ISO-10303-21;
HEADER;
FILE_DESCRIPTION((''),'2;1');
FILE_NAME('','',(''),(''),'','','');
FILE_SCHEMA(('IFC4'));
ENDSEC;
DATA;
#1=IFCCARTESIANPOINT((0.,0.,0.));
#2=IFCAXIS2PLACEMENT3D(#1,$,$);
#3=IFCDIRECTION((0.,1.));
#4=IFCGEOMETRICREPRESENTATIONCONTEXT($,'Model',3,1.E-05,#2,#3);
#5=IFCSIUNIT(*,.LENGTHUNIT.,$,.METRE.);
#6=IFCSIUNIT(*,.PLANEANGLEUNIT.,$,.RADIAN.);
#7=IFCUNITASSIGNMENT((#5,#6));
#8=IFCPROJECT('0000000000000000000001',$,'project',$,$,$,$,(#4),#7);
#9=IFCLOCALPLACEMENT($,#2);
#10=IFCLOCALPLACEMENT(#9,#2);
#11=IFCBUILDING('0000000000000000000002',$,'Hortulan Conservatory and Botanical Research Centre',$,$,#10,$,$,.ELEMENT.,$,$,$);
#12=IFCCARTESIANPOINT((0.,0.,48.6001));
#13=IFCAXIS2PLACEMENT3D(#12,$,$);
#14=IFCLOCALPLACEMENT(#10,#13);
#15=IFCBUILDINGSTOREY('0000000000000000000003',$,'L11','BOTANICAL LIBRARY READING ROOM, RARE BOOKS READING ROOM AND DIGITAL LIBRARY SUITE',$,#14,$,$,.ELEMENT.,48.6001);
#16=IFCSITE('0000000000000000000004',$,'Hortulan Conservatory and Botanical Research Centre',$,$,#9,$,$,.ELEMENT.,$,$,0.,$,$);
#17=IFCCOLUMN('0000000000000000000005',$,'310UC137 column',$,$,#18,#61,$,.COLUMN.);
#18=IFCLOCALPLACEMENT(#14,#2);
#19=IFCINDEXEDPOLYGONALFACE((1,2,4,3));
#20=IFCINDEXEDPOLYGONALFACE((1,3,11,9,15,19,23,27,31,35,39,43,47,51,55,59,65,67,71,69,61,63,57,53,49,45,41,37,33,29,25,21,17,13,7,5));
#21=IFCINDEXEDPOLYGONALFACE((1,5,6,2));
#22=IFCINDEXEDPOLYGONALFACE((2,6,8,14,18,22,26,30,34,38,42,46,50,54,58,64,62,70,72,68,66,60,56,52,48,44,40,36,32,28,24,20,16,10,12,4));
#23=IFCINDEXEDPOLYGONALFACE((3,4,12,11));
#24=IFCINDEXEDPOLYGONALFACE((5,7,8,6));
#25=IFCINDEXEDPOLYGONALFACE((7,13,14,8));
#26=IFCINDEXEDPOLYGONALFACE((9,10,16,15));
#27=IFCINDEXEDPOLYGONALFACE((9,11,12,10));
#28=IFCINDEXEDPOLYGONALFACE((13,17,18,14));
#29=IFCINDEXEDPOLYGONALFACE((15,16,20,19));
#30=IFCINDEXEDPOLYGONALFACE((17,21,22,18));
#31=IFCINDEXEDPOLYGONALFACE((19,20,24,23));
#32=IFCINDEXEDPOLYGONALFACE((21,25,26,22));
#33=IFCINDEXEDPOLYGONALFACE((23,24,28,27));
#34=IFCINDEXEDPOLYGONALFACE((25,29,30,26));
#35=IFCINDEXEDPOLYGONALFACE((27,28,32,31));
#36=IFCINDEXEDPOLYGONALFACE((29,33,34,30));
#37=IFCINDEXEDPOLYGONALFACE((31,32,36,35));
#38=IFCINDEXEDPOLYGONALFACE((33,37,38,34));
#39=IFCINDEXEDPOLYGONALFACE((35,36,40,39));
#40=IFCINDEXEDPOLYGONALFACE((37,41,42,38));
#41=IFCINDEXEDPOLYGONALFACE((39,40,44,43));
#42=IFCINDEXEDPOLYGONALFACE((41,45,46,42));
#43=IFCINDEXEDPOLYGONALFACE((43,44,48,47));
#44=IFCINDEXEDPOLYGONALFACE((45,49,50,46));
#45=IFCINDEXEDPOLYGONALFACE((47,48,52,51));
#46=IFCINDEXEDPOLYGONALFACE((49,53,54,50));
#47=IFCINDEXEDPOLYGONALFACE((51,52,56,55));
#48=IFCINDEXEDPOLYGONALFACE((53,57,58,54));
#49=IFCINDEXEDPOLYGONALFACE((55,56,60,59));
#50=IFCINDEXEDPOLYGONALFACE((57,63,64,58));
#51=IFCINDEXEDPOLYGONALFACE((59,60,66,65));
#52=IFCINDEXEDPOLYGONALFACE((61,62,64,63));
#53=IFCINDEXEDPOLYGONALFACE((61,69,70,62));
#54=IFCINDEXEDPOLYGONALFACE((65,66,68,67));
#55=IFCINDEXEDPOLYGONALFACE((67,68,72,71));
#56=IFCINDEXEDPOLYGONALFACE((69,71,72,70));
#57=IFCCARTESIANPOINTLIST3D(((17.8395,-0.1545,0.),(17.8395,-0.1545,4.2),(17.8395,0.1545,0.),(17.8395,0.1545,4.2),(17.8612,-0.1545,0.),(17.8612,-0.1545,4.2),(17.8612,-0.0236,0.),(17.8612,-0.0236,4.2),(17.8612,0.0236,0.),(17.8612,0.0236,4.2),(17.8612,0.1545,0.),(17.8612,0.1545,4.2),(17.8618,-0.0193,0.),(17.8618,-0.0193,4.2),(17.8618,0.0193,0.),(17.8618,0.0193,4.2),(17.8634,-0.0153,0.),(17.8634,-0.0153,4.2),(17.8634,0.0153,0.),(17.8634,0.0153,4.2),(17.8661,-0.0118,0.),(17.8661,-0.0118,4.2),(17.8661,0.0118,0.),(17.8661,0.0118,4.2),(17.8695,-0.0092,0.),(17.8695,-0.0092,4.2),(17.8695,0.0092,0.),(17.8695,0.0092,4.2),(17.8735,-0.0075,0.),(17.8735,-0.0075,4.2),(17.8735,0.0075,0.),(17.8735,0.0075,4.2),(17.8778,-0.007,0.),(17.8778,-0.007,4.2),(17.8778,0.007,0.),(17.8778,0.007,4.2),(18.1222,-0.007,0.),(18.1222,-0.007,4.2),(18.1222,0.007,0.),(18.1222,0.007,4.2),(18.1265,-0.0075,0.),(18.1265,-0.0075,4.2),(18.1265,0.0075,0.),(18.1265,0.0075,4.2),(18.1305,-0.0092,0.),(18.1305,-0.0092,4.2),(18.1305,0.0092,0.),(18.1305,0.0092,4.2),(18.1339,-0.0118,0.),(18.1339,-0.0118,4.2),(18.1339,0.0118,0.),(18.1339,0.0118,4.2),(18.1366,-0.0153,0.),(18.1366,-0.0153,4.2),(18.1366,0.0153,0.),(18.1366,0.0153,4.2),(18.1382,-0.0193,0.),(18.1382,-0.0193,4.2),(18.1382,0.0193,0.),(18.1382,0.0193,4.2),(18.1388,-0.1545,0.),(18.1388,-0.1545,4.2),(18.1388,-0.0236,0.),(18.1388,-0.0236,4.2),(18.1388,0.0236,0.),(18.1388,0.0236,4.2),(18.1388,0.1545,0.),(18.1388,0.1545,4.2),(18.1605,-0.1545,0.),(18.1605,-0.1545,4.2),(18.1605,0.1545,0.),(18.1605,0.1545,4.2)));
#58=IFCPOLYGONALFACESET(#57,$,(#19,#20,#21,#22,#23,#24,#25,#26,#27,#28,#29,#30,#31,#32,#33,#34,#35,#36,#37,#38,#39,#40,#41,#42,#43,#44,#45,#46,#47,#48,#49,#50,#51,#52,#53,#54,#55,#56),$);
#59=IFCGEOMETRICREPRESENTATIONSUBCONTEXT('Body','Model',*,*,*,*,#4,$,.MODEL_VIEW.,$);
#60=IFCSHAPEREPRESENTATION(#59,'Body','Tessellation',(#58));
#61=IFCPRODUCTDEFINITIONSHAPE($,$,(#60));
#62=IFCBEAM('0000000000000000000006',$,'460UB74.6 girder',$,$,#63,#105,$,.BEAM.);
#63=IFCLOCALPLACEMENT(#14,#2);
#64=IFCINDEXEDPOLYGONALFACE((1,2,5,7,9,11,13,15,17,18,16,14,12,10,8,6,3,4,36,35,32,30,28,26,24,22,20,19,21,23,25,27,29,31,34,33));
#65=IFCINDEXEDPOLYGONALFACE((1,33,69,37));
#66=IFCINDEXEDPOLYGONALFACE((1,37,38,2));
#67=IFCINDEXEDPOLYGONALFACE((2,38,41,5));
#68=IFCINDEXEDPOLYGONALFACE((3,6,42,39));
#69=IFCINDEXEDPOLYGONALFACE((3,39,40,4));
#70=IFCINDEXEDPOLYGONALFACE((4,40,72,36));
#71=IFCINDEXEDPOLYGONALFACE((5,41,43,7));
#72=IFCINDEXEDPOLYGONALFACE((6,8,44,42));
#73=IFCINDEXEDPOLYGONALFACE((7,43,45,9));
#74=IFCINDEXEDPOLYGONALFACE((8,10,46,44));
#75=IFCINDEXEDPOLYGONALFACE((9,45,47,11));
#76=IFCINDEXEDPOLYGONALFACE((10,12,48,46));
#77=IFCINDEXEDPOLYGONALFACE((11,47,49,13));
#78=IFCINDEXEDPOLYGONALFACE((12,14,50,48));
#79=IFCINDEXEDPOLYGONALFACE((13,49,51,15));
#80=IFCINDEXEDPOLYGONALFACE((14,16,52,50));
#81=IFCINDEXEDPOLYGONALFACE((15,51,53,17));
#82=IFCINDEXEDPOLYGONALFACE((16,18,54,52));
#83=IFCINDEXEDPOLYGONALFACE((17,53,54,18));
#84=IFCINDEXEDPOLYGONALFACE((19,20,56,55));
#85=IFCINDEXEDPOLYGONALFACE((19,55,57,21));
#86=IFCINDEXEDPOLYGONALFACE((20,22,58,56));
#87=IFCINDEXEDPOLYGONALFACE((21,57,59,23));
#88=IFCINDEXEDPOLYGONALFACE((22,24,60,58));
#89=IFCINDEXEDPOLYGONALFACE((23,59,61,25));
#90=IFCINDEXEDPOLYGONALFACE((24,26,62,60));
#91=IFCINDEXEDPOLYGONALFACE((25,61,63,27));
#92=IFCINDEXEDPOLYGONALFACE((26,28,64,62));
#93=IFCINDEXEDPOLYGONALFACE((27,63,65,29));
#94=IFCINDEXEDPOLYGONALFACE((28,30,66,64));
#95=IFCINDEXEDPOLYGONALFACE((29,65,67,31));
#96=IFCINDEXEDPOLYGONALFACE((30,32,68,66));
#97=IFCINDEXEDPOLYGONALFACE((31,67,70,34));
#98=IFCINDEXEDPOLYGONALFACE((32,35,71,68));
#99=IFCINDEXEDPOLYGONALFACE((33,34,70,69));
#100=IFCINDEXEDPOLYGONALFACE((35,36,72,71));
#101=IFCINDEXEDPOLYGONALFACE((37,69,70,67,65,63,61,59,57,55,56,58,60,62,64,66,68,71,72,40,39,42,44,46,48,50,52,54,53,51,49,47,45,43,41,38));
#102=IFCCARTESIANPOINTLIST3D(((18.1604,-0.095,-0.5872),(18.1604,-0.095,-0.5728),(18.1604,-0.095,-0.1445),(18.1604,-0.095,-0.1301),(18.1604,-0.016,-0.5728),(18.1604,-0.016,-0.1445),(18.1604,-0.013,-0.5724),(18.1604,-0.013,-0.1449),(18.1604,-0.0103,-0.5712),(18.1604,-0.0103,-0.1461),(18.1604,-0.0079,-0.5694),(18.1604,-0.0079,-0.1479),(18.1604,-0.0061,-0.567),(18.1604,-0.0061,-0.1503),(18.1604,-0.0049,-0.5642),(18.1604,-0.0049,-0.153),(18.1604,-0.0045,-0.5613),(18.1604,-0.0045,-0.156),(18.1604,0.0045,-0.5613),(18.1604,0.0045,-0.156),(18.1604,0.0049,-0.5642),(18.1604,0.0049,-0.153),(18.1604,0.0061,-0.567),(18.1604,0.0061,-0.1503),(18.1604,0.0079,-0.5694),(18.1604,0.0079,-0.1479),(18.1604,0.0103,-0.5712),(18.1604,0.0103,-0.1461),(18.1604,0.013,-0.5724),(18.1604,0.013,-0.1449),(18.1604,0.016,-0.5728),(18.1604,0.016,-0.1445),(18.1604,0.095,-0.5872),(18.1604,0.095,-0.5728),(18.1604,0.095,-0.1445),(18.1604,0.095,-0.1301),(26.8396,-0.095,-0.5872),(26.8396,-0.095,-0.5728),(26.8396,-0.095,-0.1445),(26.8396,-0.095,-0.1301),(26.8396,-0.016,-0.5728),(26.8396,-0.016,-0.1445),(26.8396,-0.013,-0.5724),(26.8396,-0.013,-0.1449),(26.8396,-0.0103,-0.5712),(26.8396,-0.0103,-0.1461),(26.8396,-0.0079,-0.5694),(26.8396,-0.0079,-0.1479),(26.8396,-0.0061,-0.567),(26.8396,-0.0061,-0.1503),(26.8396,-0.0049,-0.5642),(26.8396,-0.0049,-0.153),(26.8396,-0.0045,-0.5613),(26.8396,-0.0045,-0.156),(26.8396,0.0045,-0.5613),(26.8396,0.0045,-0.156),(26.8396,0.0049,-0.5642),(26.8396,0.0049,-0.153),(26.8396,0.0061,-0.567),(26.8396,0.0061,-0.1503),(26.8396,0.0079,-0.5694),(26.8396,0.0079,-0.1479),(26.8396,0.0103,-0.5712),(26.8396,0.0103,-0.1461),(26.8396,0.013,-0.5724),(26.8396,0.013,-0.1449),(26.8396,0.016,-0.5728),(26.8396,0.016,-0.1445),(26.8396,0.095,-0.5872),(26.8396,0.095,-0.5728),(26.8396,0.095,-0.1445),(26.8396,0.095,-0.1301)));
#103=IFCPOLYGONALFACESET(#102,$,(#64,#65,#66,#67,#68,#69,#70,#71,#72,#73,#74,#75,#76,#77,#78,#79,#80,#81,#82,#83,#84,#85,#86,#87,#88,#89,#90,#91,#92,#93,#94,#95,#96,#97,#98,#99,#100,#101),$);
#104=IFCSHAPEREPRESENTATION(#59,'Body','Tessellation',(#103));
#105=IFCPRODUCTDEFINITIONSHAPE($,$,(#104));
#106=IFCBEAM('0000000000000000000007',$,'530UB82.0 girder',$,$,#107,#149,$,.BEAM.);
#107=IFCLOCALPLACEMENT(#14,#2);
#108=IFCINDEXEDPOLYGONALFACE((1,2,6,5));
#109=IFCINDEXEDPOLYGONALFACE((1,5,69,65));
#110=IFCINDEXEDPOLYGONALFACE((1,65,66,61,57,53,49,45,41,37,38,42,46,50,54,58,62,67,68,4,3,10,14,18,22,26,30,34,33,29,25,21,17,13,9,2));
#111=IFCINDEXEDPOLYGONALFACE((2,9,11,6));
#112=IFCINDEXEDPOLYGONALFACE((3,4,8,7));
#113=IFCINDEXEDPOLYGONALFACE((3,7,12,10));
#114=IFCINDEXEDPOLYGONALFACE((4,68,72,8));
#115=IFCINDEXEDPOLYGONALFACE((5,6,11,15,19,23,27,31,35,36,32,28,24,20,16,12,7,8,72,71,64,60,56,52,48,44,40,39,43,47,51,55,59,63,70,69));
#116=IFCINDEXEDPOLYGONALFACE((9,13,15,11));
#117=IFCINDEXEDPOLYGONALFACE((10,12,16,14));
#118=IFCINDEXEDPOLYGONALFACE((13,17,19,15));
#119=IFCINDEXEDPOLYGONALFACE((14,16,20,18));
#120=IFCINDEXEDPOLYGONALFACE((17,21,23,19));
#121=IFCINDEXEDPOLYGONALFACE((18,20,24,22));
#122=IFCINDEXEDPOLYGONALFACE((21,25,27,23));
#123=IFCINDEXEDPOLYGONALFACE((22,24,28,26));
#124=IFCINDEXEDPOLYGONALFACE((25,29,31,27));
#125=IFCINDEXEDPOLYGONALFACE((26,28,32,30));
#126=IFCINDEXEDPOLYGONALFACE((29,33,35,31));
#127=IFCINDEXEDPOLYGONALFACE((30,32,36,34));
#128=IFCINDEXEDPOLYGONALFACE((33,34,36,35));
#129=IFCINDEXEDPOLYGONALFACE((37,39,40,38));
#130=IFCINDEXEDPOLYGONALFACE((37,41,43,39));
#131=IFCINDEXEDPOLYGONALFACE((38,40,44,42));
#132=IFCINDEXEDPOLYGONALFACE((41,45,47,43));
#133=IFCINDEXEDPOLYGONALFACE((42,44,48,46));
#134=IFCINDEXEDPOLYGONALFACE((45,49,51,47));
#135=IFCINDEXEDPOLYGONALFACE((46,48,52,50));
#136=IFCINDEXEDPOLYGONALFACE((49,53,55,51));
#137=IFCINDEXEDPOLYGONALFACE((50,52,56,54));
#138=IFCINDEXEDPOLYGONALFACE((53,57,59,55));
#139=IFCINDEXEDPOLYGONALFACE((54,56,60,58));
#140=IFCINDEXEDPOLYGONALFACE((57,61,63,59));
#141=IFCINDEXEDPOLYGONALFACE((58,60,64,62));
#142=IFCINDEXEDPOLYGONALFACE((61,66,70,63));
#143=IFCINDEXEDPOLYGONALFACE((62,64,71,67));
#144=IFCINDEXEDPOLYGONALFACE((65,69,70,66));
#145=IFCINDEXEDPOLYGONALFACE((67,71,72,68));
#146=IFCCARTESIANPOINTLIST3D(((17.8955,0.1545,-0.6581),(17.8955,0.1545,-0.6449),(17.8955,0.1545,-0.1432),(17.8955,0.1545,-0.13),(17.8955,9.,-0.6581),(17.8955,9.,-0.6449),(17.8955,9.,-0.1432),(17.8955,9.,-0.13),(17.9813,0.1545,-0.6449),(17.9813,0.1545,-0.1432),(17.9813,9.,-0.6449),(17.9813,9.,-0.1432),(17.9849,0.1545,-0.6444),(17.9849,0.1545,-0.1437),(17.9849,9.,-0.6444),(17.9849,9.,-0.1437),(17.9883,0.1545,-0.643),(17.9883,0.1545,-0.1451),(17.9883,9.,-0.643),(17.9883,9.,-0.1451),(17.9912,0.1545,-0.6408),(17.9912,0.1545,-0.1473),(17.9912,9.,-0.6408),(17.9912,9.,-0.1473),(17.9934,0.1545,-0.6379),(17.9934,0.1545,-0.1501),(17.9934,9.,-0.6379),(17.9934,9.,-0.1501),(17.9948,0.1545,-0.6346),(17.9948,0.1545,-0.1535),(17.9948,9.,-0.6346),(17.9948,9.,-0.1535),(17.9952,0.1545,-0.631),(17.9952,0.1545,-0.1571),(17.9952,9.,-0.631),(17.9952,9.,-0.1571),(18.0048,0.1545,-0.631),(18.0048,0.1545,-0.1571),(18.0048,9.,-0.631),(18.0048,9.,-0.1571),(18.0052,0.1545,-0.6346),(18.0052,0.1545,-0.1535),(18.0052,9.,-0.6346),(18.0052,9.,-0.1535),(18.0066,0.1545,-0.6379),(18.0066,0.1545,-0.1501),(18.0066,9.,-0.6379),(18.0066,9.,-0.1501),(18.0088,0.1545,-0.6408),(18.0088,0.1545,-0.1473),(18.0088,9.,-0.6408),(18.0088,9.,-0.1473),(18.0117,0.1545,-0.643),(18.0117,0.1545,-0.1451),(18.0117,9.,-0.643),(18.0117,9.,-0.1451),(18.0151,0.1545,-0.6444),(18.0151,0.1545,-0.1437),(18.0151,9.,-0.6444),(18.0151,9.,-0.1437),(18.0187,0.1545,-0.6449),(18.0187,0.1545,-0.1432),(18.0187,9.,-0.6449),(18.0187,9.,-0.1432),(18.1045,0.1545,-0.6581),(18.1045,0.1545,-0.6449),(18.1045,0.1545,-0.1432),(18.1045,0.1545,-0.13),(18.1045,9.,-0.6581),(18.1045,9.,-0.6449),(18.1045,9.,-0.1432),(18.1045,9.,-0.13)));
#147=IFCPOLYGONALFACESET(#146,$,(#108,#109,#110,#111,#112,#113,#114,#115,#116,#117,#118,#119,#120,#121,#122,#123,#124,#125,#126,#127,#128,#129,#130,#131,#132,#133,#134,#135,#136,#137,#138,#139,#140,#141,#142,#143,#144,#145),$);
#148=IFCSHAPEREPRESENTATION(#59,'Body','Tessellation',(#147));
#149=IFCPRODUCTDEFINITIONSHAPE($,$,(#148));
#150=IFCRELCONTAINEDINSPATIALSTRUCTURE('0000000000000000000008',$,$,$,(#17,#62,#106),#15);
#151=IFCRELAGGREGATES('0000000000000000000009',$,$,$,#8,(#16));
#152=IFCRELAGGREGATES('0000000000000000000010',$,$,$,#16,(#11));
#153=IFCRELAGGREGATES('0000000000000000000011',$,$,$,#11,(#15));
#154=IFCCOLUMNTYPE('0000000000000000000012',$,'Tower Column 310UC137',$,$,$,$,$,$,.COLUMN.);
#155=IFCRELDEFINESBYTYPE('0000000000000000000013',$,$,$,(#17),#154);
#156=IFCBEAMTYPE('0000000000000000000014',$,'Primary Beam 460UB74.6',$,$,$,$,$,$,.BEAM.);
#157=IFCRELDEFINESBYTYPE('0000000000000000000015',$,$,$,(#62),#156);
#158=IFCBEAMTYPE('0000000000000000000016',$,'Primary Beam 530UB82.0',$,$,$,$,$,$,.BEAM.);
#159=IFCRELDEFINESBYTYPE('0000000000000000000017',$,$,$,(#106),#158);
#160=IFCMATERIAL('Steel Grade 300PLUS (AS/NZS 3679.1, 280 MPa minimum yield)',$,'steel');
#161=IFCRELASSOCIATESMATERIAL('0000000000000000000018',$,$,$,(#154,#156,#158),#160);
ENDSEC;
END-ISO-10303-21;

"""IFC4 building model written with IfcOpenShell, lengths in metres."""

from ifc_helpers import new_model, si_unit, direction, frame, origin, origin_2d, place, context, subcontext, project, spatial, i_section, extrude, material, material_profile, profile_set, type_object, element, save


model = new_model("IFC4")

# Units and contexts
model_context = context("Model", 3, precision=1e-05, world=origin(), true_north=direction((0.0, 1.0)))
body_context = subcontext(model_context, "Body", "Model", "MODEL_VIEW")
ifc_project = project(units=[si_unit("LENGTHUNIT", "METRE"), si_unit("PLANEANGLEUNIT", "RADIAN")], contexts=[model_context])

# Site, building, storey
site_placement = place(None, origin())
site = spatial("IfcSite", under=ifc_project, at=site_placement, Name="Hortulan Conservatory and Botanical Research Centre", CompositionType="ELEMENT", RefElevation=0.0)
building_placement = place(site_placement, origin())
building = spatial("IfcBuilding", under=site, at=building_placement, Name="Hortulan Conservatory and Botanical Research Centre", CompositionType="ELEMENT")
storey_placement = place(building_placement, frame((0.0, 0.0, 48.6001)))
storey = spatial("IfcBuildingStorey", under=building, at=storey_placement, Name="L11", Description="BOTANICAL LIBRARY READING ROOM, RARE BOOKS READING ROOM AND DIGITAL LIBRARY SUITE", CompositionType="ELEMENT", Elevation=48.6001)

# Column
ifc_material_1 = material(Name="Steel Grade 300PLUS (AS/NZS 3679.1, 280 MPa minimum yield)", Category="steel")
ifc_material_profile_1 = material_profile(ifc_material_1, i_section(OverallWidth=0.3091, OverallDepth=0.321, WebThickness=0.0139, FlangeThickness=0.0217, FilletRadius=0.0166, at=origin_2d()), Name="310UC137")
ifc_profile_set_1 = profile_set([ifc_material_profile_1], Name="Steel Grade 300PLUS (AS/NZS 3679.1, 280 MPa minimum yield)")
column_type = type_object("IfcColumnType", Name="Tower Column 310UC137", PredefinedType="COLUMN", material=ifc_profile_set_1)
column_placement = place(storey_placement, frame((18.0, 0.0, 0.0), z_axis=(0.0, 0.0, 1.0), x_axis=(0.0, 1.0, 0.0)))
element("IfcColumn", 1, at=column_placement, inside=storey, type_object=column_type, Name="310UC137 column", PredefinedType="COLUMN", context=body_context, shape_type="SweptSolid", body=[
    extrude(i_section(OverallWidth=0.3091, OverallDepth=0.321, WebThickness=0.0139, FlangeThickness=0.0217, FilletRadius=0.0166, at=origin_2d()), origin(), (0.0, 0.0, 1.0), 4.2),
])

# Beams
ifc_material_profile_2 = material_profile(ifc_material_1, i_section(OverallWidth=0.1899, OverallDepth=0.457, WebThickness=0.009, FlangeThickness=0.0144, FilletRadius=0.0115, at=origin_2d()), Name="460UB74.6")
ifc_profile_set_2 = profile_set([ifc_material_profile_2], Name="Steel Grade 300PLUS (AS/NZS 3679.1, 280 MPa minimum yield)")
beam_type_1 = type_object("IfcBeamType", Name="Primary Beam 460UB74.6", PredefinedType="BEAM", material=ifc_profile_set_2)
beam_1_placement = place(storey_placement, frame((18.1604, 0.0, -0.3586), z_axis=(1.0, 0.0, 0.0), x_axis=(0.0, 1.0, 0.0)))
element("IfcBeam", 2, at=beam_1_placement, inside=storey, type_object=beam_type_1, Name="460UB74.6 girder", PredefinedType="BEAM", context=body_context, shape_type="SweptSolid", body=[
    extrude(i_section(OverallWidth=0.1899, OverallDepth=0.457, WebThickness=0.009, FlangeThickness=0.0144, FilletRadius=0.0115, at=origin_2d()), origin(), (0.0, 0.0, 1.0), 8.6792),
])
ifc_material_profile_3 = material_profile(ifc_material_1, i_section(OverallWidth=0.209, OverallDepth=0.5281, WebThickness=0.0095, FlangeThickness=0.0132, FilletRadius=0.0139, at=origin_2d()), Name="530UB82.0")
ifc_profile_set_3 = profile_set([ifc_material_profile_3], Name="Steel Grade 300PLUS (AS/NZS 3679.1, 280 MPa minimum yield)")
beam_type_2 = type_object("IfcBeamType", Name="Primary Beam 530UB82.0", PredefinedType="BEAM", material=ifc_profile_set_3)
beam_2_placement = place(storey_placement, frame((18.0, 0.1545, -0.394), z_axis=(0.0, 1.0, 0.0), x_axis=(-1.0, 0.0, 0.0)))
element("IfcBeam", 3, at=beam_2_placement, inside=storey, type_object=beam_type_2, Name="530UB82.0 girder", PredefinedType="BEAM", context=body_context, shape_type="SweptSolid", body=[
    extrude(i_section(OverallWidth=0.209, OverallDepth=0.5281, WebThickness=0.0095, FlangeThickness=0.0132, FilletRadius=0.0139, at=origin_2d()), origin(), (0.0, 0.0, 1.0), 8.8455),
])

save(model, "model.ifc")
